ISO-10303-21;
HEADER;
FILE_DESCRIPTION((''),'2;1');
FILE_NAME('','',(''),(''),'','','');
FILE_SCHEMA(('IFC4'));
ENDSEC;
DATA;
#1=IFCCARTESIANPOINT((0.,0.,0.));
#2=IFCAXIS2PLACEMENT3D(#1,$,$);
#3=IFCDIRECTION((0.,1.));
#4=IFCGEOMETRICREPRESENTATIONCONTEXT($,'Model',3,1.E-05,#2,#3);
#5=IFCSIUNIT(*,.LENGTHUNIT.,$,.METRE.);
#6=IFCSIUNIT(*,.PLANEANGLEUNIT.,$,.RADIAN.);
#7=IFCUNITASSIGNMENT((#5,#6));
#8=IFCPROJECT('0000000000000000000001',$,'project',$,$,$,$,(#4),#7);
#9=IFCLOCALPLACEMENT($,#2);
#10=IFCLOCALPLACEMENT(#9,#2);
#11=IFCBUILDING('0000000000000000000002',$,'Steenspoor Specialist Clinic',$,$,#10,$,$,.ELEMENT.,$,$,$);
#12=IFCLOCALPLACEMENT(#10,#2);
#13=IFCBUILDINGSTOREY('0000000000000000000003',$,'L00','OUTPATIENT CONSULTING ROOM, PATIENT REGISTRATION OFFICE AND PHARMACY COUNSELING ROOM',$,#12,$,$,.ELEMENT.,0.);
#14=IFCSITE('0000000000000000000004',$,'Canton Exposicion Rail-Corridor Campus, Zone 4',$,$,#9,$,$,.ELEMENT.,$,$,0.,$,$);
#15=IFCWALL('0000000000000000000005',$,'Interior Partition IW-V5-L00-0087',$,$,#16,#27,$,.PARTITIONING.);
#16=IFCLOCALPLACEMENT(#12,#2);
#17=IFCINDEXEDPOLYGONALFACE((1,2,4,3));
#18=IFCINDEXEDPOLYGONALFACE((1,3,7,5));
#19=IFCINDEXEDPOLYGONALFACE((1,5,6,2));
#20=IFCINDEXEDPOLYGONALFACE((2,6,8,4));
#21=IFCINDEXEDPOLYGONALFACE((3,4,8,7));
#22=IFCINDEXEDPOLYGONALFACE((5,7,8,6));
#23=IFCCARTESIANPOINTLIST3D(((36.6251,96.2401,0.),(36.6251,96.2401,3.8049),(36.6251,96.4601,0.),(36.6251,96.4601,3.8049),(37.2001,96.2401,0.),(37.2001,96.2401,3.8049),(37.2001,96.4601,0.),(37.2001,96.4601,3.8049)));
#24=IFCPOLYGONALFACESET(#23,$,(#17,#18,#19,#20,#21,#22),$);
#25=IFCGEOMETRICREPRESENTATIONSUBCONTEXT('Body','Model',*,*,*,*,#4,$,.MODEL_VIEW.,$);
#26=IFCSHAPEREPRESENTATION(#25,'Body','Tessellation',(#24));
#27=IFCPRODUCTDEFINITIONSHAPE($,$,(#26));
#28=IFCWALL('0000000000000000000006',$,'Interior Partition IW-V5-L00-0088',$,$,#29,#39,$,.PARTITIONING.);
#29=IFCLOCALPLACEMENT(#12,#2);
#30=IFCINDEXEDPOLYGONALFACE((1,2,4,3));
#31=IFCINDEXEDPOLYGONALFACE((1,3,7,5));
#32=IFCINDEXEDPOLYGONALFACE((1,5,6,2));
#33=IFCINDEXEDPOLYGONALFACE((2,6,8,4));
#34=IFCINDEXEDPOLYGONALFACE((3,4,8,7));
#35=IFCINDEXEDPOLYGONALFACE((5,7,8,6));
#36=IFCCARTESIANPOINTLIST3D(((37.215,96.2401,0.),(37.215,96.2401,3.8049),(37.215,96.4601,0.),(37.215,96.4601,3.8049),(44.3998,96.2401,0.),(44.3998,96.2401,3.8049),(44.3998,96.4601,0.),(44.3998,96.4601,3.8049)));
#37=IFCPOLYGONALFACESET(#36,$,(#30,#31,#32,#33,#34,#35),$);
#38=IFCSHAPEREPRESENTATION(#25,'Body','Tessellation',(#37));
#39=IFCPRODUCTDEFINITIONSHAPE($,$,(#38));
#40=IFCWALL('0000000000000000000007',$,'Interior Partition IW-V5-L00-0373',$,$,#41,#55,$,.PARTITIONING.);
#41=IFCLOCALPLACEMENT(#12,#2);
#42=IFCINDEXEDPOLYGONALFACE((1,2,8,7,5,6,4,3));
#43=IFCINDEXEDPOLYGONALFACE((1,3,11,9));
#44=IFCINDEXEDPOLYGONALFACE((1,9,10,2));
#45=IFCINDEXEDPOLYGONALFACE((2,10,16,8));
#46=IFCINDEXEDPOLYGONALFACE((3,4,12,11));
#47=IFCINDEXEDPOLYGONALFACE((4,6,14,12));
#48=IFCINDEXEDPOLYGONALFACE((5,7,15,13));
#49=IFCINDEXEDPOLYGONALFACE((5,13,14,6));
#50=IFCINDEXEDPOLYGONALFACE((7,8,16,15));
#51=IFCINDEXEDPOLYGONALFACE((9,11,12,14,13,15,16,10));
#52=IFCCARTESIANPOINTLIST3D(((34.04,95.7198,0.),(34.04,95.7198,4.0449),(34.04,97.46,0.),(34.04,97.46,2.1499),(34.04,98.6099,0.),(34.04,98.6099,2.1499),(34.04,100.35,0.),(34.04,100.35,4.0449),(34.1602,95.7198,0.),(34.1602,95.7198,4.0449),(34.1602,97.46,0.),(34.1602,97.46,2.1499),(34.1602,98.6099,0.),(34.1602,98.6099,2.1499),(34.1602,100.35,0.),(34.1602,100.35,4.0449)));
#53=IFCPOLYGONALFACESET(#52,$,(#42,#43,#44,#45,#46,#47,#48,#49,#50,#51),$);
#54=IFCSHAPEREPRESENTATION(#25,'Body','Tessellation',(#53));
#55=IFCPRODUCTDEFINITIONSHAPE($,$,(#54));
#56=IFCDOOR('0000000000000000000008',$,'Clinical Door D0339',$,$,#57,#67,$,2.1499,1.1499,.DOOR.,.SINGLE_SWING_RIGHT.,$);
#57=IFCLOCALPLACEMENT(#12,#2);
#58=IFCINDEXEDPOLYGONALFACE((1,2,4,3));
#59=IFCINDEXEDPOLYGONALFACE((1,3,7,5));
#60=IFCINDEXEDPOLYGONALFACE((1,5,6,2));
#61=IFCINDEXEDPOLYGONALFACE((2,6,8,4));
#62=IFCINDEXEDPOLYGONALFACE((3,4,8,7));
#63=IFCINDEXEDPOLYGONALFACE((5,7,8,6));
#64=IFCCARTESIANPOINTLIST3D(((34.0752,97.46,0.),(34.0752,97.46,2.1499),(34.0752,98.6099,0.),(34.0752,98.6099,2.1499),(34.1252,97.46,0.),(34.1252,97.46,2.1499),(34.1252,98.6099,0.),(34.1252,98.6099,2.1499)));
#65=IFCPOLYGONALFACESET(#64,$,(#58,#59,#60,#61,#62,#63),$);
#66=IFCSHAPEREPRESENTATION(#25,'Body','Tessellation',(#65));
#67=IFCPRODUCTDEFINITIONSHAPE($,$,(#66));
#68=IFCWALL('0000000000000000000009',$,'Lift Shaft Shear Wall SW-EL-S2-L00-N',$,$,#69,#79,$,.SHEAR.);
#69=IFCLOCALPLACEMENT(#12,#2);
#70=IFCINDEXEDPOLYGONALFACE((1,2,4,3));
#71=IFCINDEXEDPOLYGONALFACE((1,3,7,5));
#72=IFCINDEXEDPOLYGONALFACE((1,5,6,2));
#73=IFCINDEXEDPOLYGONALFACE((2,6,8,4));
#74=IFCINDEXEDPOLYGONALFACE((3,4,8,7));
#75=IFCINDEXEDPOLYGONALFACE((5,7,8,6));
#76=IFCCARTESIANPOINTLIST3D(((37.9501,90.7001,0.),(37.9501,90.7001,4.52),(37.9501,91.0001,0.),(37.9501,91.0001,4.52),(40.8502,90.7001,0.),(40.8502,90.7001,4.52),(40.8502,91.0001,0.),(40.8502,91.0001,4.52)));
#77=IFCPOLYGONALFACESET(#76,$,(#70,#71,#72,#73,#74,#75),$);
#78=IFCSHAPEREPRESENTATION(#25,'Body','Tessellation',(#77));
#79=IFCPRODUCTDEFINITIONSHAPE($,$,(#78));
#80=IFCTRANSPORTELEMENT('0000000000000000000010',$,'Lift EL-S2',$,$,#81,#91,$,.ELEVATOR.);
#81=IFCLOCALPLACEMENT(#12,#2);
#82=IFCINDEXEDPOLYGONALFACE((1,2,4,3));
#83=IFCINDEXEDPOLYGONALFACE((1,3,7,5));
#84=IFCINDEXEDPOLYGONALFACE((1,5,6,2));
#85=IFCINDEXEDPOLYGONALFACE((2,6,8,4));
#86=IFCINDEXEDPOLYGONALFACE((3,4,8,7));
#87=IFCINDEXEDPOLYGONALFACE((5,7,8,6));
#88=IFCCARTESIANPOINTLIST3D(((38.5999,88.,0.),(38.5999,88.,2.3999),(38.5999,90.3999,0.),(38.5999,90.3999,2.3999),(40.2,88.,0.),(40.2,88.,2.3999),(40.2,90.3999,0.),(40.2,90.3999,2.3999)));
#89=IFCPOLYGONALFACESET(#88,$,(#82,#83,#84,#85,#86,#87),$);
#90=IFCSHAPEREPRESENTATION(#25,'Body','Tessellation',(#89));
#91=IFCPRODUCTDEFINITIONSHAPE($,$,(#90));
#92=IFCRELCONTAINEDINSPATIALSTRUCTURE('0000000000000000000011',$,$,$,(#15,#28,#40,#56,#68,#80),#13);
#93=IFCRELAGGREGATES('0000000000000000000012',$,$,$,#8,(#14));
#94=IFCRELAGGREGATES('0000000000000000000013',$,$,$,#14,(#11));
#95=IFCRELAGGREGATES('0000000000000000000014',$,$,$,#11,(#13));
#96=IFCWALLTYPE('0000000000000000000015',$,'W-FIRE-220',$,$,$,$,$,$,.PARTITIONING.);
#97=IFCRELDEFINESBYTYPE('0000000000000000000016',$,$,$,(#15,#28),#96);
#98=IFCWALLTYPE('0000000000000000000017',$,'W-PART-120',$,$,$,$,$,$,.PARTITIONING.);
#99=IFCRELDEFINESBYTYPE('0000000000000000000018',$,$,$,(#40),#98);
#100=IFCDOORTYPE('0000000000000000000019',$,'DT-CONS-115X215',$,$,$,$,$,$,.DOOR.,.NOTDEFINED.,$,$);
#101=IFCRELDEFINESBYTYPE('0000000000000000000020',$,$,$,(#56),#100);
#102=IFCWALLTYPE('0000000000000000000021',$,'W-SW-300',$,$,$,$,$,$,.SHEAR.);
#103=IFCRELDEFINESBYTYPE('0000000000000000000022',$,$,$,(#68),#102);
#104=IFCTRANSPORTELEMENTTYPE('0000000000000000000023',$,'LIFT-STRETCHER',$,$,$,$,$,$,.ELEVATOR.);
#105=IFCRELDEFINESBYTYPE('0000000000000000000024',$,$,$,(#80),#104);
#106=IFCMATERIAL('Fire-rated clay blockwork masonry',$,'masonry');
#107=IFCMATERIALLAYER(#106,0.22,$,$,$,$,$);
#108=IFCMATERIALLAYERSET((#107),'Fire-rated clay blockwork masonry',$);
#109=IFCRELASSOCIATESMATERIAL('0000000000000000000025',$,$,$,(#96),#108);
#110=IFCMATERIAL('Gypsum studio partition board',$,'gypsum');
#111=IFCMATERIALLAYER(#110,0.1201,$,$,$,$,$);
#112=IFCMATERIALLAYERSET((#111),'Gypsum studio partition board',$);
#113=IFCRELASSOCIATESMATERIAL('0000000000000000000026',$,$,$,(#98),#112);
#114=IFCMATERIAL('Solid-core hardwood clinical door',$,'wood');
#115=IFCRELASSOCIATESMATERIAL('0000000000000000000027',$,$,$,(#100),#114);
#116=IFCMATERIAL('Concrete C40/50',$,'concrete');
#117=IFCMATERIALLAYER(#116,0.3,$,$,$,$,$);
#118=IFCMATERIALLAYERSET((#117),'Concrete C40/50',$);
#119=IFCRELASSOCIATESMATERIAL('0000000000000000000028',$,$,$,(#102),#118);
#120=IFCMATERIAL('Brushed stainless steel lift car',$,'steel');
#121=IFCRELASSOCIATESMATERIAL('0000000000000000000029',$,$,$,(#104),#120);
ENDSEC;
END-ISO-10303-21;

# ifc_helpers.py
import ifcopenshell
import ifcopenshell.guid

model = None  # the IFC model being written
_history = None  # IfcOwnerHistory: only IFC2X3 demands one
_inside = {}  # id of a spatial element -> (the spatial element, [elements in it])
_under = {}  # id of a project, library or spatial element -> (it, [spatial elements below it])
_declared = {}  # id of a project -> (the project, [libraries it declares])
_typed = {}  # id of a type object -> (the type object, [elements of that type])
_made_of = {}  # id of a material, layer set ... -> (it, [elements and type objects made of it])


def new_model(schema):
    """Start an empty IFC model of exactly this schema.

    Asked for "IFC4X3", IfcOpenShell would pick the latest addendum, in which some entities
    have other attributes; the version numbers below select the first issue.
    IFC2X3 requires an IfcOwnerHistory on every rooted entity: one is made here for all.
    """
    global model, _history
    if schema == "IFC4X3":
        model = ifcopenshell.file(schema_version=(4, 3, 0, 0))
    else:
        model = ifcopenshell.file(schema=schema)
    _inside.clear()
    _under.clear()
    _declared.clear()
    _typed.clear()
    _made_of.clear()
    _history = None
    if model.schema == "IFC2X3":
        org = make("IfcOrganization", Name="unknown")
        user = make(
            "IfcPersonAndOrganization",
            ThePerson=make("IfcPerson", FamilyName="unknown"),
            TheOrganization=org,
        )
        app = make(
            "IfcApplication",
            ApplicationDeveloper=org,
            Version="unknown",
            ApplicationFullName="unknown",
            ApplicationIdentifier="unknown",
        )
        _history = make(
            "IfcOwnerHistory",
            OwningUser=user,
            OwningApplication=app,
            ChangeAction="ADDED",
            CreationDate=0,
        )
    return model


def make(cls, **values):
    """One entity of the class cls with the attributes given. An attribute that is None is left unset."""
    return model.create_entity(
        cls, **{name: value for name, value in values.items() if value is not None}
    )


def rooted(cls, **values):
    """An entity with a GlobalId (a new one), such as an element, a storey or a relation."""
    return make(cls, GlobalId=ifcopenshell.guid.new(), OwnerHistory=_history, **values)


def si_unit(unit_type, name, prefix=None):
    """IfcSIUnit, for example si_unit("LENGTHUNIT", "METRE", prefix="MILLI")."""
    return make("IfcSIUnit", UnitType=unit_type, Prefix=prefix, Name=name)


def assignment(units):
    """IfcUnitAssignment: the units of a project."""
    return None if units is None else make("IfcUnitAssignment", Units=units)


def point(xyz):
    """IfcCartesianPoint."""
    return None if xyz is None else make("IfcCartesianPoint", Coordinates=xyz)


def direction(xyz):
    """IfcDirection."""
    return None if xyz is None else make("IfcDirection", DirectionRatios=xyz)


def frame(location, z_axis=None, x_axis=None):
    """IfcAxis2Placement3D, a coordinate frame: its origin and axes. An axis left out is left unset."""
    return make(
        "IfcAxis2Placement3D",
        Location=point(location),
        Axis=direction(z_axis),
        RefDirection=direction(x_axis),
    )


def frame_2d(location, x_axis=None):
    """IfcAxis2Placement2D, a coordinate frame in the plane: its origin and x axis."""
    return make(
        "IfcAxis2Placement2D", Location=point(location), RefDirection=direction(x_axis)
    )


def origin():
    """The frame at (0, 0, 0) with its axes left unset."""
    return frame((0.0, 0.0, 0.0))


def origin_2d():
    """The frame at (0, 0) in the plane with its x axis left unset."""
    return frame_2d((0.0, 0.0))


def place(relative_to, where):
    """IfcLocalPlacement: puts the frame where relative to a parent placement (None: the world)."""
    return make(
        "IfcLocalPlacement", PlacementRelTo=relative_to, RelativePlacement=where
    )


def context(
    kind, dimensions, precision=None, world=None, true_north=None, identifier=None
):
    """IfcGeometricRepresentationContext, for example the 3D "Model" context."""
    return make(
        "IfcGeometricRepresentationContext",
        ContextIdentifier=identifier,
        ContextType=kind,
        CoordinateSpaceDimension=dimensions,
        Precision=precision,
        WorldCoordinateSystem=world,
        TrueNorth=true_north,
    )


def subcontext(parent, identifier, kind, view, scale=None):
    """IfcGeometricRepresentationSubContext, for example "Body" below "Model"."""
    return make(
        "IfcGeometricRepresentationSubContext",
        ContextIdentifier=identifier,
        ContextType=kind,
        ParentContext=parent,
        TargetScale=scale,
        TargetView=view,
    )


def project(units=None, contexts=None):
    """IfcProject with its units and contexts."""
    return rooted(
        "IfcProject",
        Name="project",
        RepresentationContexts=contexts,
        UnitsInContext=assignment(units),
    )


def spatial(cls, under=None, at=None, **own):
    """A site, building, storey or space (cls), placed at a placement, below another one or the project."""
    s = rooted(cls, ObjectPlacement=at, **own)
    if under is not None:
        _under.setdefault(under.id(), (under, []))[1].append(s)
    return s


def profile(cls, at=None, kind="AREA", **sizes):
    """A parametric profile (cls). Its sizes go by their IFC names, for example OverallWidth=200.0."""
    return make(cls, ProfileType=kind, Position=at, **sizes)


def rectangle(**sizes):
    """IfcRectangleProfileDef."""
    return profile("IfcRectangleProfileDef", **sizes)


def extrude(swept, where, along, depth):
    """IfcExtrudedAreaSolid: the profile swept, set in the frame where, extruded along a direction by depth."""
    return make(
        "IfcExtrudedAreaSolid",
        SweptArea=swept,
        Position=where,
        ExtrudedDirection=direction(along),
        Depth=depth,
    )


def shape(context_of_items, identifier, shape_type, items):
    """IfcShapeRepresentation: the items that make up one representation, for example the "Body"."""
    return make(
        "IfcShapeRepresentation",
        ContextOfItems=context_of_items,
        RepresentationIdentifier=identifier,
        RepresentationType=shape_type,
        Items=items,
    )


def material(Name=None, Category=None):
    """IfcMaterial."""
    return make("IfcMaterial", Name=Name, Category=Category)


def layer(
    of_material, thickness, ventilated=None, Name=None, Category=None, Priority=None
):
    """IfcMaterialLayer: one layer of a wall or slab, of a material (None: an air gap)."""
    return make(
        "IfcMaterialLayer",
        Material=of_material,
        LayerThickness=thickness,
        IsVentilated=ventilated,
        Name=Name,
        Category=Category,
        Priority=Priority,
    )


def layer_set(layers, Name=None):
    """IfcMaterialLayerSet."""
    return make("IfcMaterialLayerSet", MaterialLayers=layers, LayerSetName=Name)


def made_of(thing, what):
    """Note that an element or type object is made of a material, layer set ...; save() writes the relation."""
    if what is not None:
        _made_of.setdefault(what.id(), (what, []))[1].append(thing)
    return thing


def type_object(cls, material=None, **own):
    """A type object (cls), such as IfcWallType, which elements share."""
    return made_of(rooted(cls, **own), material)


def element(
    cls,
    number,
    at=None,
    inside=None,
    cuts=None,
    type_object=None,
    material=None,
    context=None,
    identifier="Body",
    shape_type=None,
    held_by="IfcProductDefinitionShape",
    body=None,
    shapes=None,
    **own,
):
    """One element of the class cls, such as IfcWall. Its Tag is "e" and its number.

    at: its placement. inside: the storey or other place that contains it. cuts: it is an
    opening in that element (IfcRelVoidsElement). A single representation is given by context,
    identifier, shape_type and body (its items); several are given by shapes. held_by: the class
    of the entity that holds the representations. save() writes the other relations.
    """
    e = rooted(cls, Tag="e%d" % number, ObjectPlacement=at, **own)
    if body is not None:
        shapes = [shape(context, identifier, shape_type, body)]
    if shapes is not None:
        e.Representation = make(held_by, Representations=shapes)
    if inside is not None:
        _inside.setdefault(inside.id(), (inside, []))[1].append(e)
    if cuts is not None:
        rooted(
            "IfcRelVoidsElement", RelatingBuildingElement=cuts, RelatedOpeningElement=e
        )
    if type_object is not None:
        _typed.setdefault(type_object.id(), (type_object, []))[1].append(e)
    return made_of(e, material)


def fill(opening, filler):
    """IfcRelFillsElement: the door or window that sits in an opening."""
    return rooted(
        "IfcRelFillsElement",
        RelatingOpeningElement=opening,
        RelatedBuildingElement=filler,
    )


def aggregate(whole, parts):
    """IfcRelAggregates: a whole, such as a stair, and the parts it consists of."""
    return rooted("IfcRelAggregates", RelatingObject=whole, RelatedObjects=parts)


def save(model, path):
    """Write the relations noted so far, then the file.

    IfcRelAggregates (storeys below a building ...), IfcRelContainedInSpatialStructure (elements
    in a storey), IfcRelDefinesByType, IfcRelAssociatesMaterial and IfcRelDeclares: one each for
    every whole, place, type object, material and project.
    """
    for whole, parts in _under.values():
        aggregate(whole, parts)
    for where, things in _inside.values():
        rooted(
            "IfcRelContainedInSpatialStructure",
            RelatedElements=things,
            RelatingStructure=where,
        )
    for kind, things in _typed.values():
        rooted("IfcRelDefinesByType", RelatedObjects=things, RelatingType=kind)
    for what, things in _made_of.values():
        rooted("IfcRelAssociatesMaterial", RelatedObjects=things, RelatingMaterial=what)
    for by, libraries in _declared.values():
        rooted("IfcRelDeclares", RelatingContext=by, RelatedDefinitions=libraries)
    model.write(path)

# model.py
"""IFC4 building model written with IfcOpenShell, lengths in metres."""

from ifc_helpers import new_model, si_unit, direction, frame, frame_2d, origin, origin_2d, place, context, subcontext, project, spatial, rectangle, extrude, material, layer, layer_set, type_object, element, fill, save


model = new_model("IFC4")

# Units and contexts
model_context = context("Model", 3, precision=1e-05, world=origin(), true_north=direction((0.0, 1.0)))
body_context = subcontext(model_context, "Body", "Model", "MODEL_VIEW")
ifc_project = project(units=[si_unit("LENGTHUNIT", "METRE"), si_unit("PLANEANGLEUNIT", "RADIAN")], contexts=[model_context])

# Site, building, storey
site_placement = place(None, origin())
site = spatial("IfcSite", under=ifc_project, at=site_placement, Name="Canton Exposicion Rail-Corridor Campus, Zone 4", CompositionType="ELEMENT", RefElevation=0.0)
building_placement = place(site_placement, origin())
building = spatial("IfcBuilding", under=site, at=building_placement, Name="Steenspoor Specialist Clinic", CompositionType="ELEMENT")
storey_placement = place(building_placement, origin())
storey = spatial("IfcBuildingStorey", under=building, at=storey_placement, Name="L00", Description="OUTPATIENT CONSULTING ROOM, PATIENT REGISTRATION OFFICE AND PHARMACY COUNSELING ROOM", CompositionType="ELEMENT", Elevation=0.0)

# Shared definitions
ifc_material_1 = material(Name="Concrete C40/50", Category="concrete")

# Walls
ifc_material_2 = material(Name="Fire-rated clay blockwork masonry", Category="masonry")
ifc_layer_1 = layer(ifc_material_2, 0.22)
ifc_layer_set_1 = layer_set([ifc_layer_1], Name="Fire-rated clay blockwork masonry")
wall_type_1 = type_object("IfcWallType", Name="W-FIRE-220", PredefinedType="PARTITIONING", material=ifc_layer_set_1)
wall_1_placement = place(storey_placement, frame((36.625, 96.3501, 0.0), z_axis=(0.0, 0.0, 1.0), x_axis=(1.0, 0.0, 0.0)))
element("IfcWall", 1, at=wall_1_placement, inside=storey, type_object=wall_type_1, Name="Interior Partition IW-V5-L00-0087", PredefinedType="PARTITIONING", context=body_context, shape_type="SweptSolid", body=[
    extrude(rectangle(XDim=0.575, YDim=0.22, at=frame_2d((0.2876, 0.0))), origin(), (0.0, 0.0, 1.0), 3.8049),
])
wall_2_placement = place(storey_placement, frame((37.2151, 96.3501, 0.0), z_axis=(0.0, 0.0, 1.0), x_axis=(1.0, 0.0, 0.0)))
element("IfcWall", 2, at=wall_2_placement, inside=storey, type_object=wall_type_1, Name="Interior Partition IW-V5-L00-0088", PredefinedType="PARTITIONING", context=body_context, shape_type="SweptSolid", body=[
    extrude(rectangle(XDim=7.1848, YDim=0.22, at=frame_2d((3.5923, 0.0))), origin(), (0.0, 0.0, 1.0), 3.8049),
])

# Wall, opening, door
ifc_material_3 = material(Name="Gypsum studio partition board", Category="gypsum")
ifc_layer_2 = layer(ifc_material_3, 0.1201)
ifc_layer_set_2 = layer_set([ifc_layer_2], Name="Gypsum studio partition board")
wall_type_2 = type_object("IfcWallType", Name="W-PART-120", PredefinedType="PARTITIONING", material=ifc_layer_set_2)
wall_3_placement = place(storey_placement, frame((34.1001, 95.72, 0.0), z_axis=(0.0, 0.0, 1.0), x_axis=(0.0, 1.0, 0.0)))
wall_3 = element("IfcWall", 3, at=wall_3_placement, inside=storey, type_object=wall_type_2, Name="Interior Partition IW-V5-L00-0373", PredefinedType="PARTITIONING", context=body_context, shape_type="SweptSolid", body=[
    extrude(rectangle(XDim=4.6301, YDim=0.1201, at=frame_2d((2.3149, 0.0))), origin(), (0.0, 0.0, 1.0), 4.0449),
])
opening_placement = place(wall_3_placement, frame((1.74, 0.0, 0.0)))
opening = element("IfcOpeningElement", 4, at=opening_placement, cuts=wall_3, PredefinedType="OPENING", context=body_context, shape_type="SweptSolid", body=[
    extrude(rectangle(XDim=1.1499, YDim=2.1499, at=frame_2d((0.575, 1.075))), frame((0.0, 0.0701, 0.0), z_axis=(0.0, -1.0, 0.0), x_axis=(1.0, 0.0, 0.0)), (0.0, 0.0, 1.0), 0.1401),
])
ifc_material_4 = material(Name="Solid-core hardwood clinical door", Category="wood")
door_type = type_object("IfcDoorType", Name="DT-CONS-115X215", OperationType="NOTDEFINED", PredefinedType="DOOR", material=ifc_material_4)
door_placement = place(opening_placement, origin())
door = element("IfcDoor", 5, at=door_placement, inside=storey, type_object=door_type, Name="Clinical Door D0339", OperationType="SINGLE_SWING_RIGHT", OverallHeight=2.1499, OverallWidth=1.1499, PredefinedType="DOOR", context=body_context, shape_type="SweptSolid", body=[
    extrude(rectangle(XDim=1.1499, YDim=2.1499, at=frame_2d((0.575, 1.075))), frame((0.0, 0.0249, 0.0), z_axis=(0.0, -1.0, 0.0), x_axis=(1.0, 0.0, 0.0)), (0.0, 0.0, 1.0), 0.05),
])
fill(opening, door)

# Wall
ifc_layer_3 = layer(ifc_material_1, 0.3)
ifc_layer_set_3 = layer_set([ifc_layer_3], Name="Concrete C40/50")
wall_type_3 = type_object("IfcWallType", Name="W-SW-300", PredefinedType="SHEAR", material=ifc_layer_set_3)
wall_4_placement = place(storey_placement, frame((37.95, 90.8501, 0.0), z_axis=(0.0, 0.0, 1.0), x_axis=(1.0, 0.0, 0.0)))
element("IfcWall", 6, at=wall_4_placement, inside=storey, type_object=wall_type_3, Name="Lift Shaft Shear Wall SW-EL-S2-L00-N", PredefinedType="SHEAR", context=body_context, shape_type="SweptSolid", body=[
    extrude(rectangle(XDim=2.9001, YDim=0.3, at=frame_2d((1.4502, 0.0))), origin(), (0.0, 0.0, 1.0), 4.52),
])

# Transport element
ifc_material_5 = material(Name="Brushed stainless steel lift car", Category="steel")
transport_element_type = type_object("IfcTransportElementType", Name="LIFT-STRETCHER", PredefinedType="ELEVATOR", material=ifc_material_5)
transport_element_placement = place(storey_placement, frame((39.3999, 89.2, 0.0), z_axis=(0.0, 0.0, 1.0), x_axis=(1.0, 0.0, 0.0)))
element("IfcTransportElement", 7, at=transport_element_placement, inside=storey, type_object=transport_element_type, Name="Lift EL-S2", PredefinedType="ELEVATOR", context=body_context, shape_type="SweptSolid", body=[
    extrude(rectangle(XDim=1.6001, YDim=2.3999, at=origin_2d()), origin(), (0.0, 0.0, 1.0), 2.3999),
])

save(model, "model.ifc")
